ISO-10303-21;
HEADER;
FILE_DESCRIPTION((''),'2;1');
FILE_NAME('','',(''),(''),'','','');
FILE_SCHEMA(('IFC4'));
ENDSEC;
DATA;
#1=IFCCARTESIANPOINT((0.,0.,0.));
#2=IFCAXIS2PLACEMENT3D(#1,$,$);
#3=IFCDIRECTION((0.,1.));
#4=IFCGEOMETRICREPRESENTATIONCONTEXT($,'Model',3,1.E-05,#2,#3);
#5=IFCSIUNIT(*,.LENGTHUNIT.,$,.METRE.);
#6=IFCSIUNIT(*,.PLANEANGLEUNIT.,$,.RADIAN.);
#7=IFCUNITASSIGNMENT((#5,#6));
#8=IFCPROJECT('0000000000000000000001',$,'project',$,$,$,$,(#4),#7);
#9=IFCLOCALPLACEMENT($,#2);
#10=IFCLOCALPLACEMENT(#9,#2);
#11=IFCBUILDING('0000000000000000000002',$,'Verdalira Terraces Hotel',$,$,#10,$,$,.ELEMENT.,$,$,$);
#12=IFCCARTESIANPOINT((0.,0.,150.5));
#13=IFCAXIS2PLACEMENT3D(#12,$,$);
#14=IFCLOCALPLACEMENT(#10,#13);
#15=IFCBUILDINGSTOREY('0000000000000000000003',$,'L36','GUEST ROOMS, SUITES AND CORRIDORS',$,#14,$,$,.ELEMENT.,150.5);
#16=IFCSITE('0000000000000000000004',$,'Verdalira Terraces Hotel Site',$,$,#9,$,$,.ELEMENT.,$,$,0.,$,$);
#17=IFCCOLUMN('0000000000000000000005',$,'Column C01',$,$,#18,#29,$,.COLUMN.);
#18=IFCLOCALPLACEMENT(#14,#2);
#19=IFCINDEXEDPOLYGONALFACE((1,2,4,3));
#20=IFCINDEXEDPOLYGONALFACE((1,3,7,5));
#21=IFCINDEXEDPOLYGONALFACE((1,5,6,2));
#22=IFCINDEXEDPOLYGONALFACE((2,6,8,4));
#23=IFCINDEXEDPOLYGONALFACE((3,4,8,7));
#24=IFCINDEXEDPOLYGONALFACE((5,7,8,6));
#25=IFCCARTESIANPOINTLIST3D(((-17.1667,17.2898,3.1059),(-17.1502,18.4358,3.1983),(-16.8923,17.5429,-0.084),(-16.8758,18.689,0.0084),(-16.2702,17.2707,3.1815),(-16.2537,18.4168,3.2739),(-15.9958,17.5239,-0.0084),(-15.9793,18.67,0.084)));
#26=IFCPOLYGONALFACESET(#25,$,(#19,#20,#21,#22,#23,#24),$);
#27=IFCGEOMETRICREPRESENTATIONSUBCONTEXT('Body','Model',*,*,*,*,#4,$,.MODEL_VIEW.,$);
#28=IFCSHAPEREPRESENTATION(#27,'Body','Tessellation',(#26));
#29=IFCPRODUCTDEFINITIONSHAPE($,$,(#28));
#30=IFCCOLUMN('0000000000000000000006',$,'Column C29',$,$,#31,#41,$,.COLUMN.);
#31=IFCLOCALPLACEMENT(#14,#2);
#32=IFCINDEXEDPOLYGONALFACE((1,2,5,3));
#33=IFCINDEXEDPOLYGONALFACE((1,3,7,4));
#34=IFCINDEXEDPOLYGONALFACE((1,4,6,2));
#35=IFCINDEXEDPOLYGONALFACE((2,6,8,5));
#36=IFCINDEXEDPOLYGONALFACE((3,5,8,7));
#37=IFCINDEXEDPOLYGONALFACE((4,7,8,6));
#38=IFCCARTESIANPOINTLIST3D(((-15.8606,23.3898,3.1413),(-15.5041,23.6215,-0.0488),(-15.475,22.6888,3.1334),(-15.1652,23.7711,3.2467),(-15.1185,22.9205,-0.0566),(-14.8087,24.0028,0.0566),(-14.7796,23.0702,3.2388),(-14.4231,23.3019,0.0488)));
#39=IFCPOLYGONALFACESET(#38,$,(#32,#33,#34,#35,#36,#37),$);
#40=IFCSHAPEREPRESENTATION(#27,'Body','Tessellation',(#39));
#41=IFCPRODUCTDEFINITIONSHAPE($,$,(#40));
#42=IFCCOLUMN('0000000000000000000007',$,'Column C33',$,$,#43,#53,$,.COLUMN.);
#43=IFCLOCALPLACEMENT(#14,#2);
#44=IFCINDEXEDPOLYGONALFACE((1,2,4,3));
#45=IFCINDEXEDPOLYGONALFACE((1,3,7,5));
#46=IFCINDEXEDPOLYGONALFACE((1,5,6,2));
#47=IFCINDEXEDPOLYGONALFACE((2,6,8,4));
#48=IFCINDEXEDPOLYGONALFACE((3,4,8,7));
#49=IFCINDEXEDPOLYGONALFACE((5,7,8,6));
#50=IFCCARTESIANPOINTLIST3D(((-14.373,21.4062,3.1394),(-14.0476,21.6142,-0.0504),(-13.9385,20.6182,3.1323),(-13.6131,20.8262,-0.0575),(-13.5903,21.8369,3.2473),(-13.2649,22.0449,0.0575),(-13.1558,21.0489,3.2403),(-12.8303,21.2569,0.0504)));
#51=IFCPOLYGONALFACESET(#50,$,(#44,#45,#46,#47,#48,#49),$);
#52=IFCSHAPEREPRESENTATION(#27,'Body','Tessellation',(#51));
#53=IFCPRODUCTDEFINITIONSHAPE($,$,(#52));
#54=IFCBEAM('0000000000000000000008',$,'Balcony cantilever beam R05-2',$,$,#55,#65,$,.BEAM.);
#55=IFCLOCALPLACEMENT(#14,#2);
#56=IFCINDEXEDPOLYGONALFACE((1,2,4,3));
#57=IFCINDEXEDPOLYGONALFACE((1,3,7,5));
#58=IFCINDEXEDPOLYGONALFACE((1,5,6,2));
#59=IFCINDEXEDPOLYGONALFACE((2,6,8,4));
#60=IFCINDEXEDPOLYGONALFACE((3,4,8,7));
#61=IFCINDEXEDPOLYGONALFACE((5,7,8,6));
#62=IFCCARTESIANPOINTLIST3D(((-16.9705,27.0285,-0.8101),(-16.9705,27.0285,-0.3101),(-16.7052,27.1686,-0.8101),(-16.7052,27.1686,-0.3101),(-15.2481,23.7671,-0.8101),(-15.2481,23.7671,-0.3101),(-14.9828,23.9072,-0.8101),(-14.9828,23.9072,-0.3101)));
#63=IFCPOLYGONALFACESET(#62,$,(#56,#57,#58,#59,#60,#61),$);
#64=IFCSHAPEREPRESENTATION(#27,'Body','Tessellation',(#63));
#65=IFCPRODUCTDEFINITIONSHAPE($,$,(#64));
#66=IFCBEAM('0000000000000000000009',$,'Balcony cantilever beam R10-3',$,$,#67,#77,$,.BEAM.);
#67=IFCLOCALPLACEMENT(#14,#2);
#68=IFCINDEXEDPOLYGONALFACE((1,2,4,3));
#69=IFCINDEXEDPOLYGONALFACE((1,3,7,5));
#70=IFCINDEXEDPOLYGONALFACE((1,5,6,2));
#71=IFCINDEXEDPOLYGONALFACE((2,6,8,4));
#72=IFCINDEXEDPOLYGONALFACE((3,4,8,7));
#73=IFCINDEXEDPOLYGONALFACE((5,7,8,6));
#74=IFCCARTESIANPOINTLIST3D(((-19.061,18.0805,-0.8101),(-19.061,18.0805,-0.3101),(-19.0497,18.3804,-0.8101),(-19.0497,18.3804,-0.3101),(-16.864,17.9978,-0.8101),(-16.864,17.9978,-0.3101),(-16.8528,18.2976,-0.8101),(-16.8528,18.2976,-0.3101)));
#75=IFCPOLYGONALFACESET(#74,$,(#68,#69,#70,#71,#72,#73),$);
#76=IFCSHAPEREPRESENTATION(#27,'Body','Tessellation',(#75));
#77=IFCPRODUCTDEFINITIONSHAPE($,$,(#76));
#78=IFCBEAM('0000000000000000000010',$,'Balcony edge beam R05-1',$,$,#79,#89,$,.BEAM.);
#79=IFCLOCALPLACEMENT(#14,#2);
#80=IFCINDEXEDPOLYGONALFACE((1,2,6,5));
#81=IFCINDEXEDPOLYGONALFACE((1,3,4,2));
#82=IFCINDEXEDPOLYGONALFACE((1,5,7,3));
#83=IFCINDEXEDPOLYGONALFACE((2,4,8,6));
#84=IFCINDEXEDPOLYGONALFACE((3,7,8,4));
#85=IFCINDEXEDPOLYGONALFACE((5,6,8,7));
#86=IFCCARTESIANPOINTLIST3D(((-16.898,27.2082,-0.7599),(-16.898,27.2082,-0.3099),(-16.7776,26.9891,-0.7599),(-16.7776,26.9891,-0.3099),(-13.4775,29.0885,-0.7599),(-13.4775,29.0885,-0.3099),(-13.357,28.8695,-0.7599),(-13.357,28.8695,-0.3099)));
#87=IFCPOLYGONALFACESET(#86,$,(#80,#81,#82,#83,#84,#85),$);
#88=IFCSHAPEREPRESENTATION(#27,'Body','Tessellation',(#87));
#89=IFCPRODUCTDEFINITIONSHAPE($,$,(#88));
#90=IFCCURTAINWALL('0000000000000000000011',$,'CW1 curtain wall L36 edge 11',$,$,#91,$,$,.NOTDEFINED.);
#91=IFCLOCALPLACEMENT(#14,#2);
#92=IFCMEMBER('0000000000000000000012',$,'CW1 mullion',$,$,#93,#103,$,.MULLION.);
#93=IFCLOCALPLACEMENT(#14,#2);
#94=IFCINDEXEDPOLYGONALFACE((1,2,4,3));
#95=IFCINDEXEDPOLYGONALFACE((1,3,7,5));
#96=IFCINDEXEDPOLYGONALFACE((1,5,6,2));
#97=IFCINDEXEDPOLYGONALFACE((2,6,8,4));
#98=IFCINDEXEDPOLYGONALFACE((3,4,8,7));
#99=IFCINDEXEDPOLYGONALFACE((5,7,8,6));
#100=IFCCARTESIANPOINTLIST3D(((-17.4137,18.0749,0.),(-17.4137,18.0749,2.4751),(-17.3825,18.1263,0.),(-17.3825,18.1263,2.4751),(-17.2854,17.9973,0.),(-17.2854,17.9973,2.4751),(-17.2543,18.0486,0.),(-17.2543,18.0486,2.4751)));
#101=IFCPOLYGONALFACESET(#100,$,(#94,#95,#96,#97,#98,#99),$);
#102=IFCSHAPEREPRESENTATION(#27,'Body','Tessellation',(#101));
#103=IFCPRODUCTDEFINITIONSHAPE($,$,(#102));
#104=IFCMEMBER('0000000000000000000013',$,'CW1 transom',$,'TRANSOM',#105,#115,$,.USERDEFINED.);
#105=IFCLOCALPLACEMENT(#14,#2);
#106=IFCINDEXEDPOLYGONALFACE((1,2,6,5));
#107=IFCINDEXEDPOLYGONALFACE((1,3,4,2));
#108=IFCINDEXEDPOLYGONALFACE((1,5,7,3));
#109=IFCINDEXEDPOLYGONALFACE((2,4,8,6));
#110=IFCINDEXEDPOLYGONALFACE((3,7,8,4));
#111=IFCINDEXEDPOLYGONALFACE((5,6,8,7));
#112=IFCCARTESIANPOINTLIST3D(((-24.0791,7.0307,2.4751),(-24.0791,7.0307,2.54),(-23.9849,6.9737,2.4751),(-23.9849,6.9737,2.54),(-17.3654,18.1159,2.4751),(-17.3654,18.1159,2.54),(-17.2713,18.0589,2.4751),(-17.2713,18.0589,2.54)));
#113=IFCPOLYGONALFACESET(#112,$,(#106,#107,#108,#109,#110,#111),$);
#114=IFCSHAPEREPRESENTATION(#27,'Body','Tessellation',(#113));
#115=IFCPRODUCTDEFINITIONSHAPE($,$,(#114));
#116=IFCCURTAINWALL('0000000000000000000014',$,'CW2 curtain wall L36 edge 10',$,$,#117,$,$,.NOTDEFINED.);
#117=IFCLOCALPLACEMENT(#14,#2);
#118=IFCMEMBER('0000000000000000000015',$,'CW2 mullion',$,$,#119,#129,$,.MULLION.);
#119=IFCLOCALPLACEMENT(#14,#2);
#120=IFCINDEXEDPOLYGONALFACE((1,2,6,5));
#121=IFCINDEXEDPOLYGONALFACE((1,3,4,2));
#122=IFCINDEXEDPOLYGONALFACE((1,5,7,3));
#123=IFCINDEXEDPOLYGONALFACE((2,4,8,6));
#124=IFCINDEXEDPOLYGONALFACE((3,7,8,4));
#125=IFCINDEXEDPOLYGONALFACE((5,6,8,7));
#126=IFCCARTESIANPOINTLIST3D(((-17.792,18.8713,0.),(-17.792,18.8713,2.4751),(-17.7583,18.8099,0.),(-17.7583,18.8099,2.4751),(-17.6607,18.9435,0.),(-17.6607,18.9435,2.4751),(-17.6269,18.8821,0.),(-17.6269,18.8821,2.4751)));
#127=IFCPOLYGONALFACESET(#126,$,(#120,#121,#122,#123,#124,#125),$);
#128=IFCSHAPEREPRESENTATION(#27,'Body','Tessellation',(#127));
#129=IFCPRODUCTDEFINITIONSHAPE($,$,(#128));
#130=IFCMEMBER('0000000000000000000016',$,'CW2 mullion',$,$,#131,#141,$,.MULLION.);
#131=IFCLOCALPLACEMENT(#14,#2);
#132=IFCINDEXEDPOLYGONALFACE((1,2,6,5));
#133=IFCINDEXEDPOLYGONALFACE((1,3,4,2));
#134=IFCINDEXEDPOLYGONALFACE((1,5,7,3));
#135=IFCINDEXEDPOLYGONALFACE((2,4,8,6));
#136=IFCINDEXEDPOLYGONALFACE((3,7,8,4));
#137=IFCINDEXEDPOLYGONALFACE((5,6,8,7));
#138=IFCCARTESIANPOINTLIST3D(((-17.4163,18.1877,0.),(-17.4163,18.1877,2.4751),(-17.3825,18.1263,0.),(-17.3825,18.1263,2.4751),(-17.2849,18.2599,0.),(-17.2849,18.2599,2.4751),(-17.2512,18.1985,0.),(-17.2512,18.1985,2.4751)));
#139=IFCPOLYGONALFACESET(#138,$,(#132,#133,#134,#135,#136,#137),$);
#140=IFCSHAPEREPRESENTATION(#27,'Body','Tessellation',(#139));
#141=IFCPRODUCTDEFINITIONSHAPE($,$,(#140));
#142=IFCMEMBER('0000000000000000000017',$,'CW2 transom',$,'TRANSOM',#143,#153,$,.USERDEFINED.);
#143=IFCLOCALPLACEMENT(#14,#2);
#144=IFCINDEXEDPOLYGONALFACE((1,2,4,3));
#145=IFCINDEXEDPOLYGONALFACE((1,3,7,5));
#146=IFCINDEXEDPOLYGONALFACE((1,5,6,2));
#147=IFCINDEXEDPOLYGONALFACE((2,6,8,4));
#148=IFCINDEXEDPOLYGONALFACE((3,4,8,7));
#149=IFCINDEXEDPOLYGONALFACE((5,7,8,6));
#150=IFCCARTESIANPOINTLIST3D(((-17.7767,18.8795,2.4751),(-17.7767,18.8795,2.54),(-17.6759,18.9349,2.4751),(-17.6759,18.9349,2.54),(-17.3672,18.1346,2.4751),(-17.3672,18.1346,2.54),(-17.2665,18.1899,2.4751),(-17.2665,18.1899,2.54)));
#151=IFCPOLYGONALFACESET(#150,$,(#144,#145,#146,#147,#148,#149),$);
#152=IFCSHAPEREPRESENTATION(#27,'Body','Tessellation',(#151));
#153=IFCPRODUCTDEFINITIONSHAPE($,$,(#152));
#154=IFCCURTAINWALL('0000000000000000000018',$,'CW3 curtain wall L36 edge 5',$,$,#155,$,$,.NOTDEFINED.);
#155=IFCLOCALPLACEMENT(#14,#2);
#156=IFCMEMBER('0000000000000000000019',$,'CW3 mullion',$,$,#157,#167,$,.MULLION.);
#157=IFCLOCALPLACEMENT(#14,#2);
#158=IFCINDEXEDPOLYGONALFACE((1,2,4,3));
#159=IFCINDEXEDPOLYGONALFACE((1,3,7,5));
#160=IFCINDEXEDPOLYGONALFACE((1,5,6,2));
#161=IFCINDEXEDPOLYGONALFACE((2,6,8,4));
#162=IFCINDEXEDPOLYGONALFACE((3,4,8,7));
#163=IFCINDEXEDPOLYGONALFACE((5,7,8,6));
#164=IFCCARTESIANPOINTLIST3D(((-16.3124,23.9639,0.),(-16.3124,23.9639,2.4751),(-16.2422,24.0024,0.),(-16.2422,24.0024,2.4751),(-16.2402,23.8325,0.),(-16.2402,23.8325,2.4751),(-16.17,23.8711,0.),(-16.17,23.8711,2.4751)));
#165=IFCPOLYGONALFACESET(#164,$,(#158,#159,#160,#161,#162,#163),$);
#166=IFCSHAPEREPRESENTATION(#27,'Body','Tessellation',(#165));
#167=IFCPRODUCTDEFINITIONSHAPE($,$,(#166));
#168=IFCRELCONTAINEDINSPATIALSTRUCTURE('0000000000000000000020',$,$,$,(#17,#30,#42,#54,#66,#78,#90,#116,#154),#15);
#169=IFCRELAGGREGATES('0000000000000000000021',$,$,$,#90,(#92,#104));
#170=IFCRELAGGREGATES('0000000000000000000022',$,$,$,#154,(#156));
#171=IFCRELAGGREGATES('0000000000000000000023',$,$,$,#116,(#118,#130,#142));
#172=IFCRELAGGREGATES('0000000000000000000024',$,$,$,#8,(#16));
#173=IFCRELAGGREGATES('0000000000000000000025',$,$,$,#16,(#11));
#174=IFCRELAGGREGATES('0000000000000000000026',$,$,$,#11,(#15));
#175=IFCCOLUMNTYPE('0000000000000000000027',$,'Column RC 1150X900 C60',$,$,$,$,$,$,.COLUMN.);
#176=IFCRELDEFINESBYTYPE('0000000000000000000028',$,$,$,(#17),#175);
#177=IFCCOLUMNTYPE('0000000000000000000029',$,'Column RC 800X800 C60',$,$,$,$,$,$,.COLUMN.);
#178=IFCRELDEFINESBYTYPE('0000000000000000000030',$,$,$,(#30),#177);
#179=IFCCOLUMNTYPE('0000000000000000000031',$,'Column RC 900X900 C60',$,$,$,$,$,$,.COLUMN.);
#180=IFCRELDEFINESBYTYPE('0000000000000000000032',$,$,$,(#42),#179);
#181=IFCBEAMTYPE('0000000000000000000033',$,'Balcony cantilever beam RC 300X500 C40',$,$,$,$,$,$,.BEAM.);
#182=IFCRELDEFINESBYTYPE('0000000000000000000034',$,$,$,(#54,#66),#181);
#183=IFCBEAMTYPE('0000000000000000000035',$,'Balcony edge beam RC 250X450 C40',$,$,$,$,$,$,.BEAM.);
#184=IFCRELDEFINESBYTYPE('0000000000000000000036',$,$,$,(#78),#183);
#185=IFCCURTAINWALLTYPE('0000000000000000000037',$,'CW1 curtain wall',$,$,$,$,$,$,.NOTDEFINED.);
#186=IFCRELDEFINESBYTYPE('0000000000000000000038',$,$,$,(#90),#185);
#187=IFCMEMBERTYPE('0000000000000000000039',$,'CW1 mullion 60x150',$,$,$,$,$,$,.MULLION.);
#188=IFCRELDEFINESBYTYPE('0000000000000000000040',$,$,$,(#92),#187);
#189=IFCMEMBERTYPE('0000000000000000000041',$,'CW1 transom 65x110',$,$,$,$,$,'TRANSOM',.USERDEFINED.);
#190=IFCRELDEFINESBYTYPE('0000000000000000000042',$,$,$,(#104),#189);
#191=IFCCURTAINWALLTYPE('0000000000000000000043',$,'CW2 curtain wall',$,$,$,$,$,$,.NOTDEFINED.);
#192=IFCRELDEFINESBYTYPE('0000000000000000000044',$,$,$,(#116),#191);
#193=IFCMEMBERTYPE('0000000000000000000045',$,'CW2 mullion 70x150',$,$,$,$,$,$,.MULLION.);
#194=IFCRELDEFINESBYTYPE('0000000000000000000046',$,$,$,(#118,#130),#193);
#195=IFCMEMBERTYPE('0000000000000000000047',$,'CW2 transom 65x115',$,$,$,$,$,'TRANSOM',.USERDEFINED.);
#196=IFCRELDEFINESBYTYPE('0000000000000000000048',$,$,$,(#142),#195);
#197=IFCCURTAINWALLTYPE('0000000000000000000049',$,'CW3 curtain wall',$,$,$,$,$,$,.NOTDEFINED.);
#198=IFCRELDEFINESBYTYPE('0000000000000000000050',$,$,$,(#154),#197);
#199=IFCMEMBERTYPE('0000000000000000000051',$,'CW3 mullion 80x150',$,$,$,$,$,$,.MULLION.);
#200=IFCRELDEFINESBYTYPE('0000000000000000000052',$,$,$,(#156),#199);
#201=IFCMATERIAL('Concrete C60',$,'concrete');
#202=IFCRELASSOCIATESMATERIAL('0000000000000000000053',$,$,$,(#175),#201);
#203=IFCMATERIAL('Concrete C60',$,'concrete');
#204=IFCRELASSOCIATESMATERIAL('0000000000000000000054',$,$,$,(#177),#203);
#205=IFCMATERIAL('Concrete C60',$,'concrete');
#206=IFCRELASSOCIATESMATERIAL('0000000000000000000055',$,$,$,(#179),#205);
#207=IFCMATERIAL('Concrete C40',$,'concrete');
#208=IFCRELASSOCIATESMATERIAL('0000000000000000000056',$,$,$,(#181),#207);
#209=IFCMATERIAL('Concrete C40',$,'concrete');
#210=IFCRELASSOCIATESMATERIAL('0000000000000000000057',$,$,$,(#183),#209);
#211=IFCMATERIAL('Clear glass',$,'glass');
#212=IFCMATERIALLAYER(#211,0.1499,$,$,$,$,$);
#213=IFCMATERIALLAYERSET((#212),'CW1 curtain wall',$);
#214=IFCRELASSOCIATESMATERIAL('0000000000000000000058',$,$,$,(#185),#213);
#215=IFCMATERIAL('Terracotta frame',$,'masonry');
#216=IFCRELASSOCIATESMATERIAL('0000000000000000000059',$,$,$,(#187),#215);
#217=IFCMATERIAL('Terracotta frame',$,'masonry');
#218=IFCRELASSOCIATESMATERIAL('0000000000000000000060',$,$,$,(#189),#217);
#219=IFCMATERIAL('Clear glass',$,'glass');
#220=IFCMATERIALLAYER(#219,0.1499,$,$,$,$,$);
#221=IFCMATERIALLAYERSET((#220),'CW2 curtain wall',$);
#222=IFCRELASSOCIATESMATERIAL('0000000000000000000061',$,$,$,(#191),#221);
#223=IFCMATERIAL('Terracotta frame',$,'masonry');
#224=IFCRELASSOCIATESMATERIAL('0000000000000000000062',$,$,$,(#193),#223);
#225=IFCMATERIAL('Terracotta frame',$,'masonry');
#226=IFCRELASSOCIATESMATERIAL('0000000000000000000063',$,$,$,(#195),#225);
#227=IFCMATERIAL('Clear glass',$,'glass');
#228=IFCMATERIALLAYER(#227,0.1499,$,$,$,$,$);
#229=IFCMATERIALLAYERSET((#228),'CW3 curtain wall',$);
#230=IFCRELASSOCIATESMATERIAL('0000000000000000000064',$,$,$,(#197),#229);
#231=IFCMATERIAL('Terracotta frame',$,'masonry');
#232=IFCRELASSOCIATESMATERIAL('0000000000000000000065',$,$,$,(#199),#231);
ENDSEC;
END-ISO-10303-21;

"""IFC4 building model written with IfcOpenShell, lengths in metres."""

from ifc_helpers import new_model, si_unit, direction, frame, origin, origin_2d, place, context, subcontext, project, spatial, rectangle, extrude, material, layer, layer_set, material_profile, profile_set, type_object, element, aggregate, save


model = new_model("IFC4")

# Units and contexts
model_context = context("Model", 3, precision=1e-05, world=origin(), true_north=direction((0.0, 1.0)))
body_context = subcontext(model_context, "Body", "Model", "MODEL_VIEW")
ifc_project = project(units=[si_unit("LENGTHUNIT", "METRE"), si_unit("PLANEANGLEUNIT", "RADIAN")], contexts=[model_context])

# Site, building, storey
site_placement = place(None, origin())
site = spatial("IfcSite", under=ifc_project, at=site_placement, Name="Verdalira Terraces Hotel Site", CompositionType="ELEMENT", RefElevation=0.0)
building_placement = place(site_placement, origin())
building = spatial("IfcBuilding", under=site, at=building_placement, Name="Verdalira Terraces Hotel", CompositionType="ELEMENT")
storey_placement = place(building_placement, frame((0.0, 0.0, 150.5)))
storey = spatial("IfcBuildingStorey", under=building, at=storey_placement, Name="L36", Description="GUEST ROOMS, SUITES AND CORRIDORS", CompositionType="ELEMENT", Elevation=150.5)

# Columns
ifc_material_1 = material(Name="Concrete C60", Category="concrete")
ifc_material_profile_1 = material_profile(ifc_material_1, rectangle(XDim=1.1499, YDim=0.8999, at=origin_2d()), Name="RC 1150X900")
ifc_profile_set_1 = profile_set([ifc_material_profile_1], Name="Concrete C60")
column_type_1 = type_object("IfcColumnType", Name="Column RC 1150X900 C60", PredefinedType="COLUMN", material=ifc_profile_set_1)
column_1_placement = place(storey_placement, frame((-16.4358, 18.1064, 0.0), z_axis=(-0.085442, -0.078828, 0.99322), x_axis=(0.014388, 0.996664, 0.080339)))
element("IfcColumn", 1, at=column_1_placement, inside=storey, type_object=column_type_1, Name="Column C01", PredefinedType="COLUMN", context=body_context, shape_type="SweptSolid", body=[
    extrude(rectangle(XDim=1.1499, YDim=0.8999, at=origin_2d()), origin(), (0.0, 0.0, 1.0), 3.2117),
])
ifc_material_2 = material(Name="Concrete C60", Category="concrete")
ifc_material_profile_2 = material_profile(ifc_material_2, rectangle(XDim=0.8, YDim=0.8, at=origin_2d()), Name="RC 800X800")
ifc_profile_set_2 = profile_set([ifc_material_profile_2], Name="Concrete C60")
column_type_2 = type_object("IfcColumnType", Name="Column RC 800X800 C60", PredefinedType="COLUMN", material=ifc_profile_set_2)
column_2_placement = place(storey_placement, frame((-14.9636, 23.4617, 0.0), z_axis=(-0.110761, -0.071995, 0.991236), x_axis=(-0.869168, -0.476646, -0.131741)))
element("IfcColumn", 2, at=column_2_placement, inside=storey, type_object=column_type_2, Name="Column C29", PredefinedType="COLUMN", context=body_context, shape_type="SweptSolid", body=[
    extrude(rectangle(XDim=0.8, YDim=0.8, at=origin_2d()), origin(), (0.0, 0.0, 1.0), 3.2183),
])
ifc_material_3 = material(Name="Concrete C60", Category="concrete")
ifc_material_profile_3 = material_profile(ifc_material_3, rectangle(XDim=0.8999, YDim=0.8999, at=origin_2d()), Name="RC 900X900")
ifc_profile_set_3 = profile_set([ifc_material_profile_3], Name="Concrete C60")
column_type_3 = type_object("IfcColumnType", Name="Column RC 900X900 C60", PredefinedType="COLUMN", material=ifc_profile_set_3)
column_3_placement = place(storey_placement, frame((-13.439, 21.4355, 0.0), z_axis=(-0.101281, -0.064735, 0.99275), x_axis=(-0.482867, 0.875658, 0.007837)))
element("IfcColumn", 3, at=column_3_placement, inside=storey, type_object=column_type_3, Name="Column C33", PredefinedType="COLUMN", context=body_context, shape_type="SweptSolid", body=[
    extrude(rectangle(XDim=0.8999, YDim=0.8999, at=origin_2d()), origin(), (0.0, 0.0, 1.0), 3.2131),
])

# Beams
ifc_material_4 = material(Name="Concrete C40", Category="concrete")
ifc_material_profile_4 = material_profile(ifc_material_4, rectangle(XDim=0.3, YDim=0.5, at=origin_2d()), Name="RC 300X500")
ifc_profile_set_4 = profile_set([ifc_material_profile_4], Name="Concrete C40")
beam_type_1 = type_object("IfcBeamType", Name="Balcony cantilever beam RC 300X500 C40", PredefinedType="BEAM", material=ifc_profile_set_4)
beam_1_placement = place(storey_placement, frame((-15.1155, 23.8372, -0.5601), z_axis=(-0.466987, 0.884264, 0.0), x_axis=(-0.884264, -0.466987, 0.0)))
element("IfcBeam", 4, at=beam_1_placement, inside=storey, type_object=beam_type_1, Name="Balcony cantilever beam R05-2", PredefinedType="BEAM", context=body_context, shape_type="SweptSolid", body=[
    extrude(rectangle(XDim=0.3, YDim=0.5, at=origin_2d()), origin(), (0.0, 0.0, 1.0), 3.6882),
])
beam_2_placement = place(storey_placement, frame((-16.8584, 18.1477, -0.5601), z_axis=(-0.999291, 0.037644, 0.0), x_axis=(-0.037644, -0.999291, 0.0)))
element("IfcBeam", 5, at=beam_2_placement, inside=storey, type_object=beam_type_1, Name="Balcony cantilever beam R10-3", PredefinedType="BEAM", context=body_context, shape_type="SweptSolid", body=[
    extrude(rectangle(XDim=0.3, YDim=0.5, at=origin_2d()), origin(), (0.0, 0.0, 1.0), 2.1985),
])
ifc_material_5 = material(Name="Concrete C40", Category="concrete")
ifc_material_profile_5 = material_profile(ifc_material_5, rectangle(XDim=0.25, YDim=0.45, at=origin_2d()), Name="RC 250X450")
ifc_profile_set_5 = profile_set([ifc_material_profile_5], Name="Concrete C40")
beam_type_2 = type_object("IfcBeamType", Name="Balcony edge beam RC 250X450 C40", PredefinedType="BEAM", material=ifc_profile_set_5)
beam_3_placement = place(storey_placement, frame((-13.4172, 28.979, -0.5349), z_axis=(-0.876323, -0.481724, 0.0), x_axis=(0.481724, -0.876323, 0.0)))
element("IfcBeam", 6, at=beam_3_placement, inside=storey, type_object=beam_type_2, Name="Balcony edge beam R05-1", PredefinedType="BEAM", context=body_context, shape_type="SweptSolid", body=[
    extrude(rectangle(XDim=0.25, YDim=0.45, at=origin_2d()), origin(), (0.0, 0.0, 1.0), 3.9033),
])

# Curtain walls, members
ifc_material_6 = material(Name="Clear glass", Category="glass")
ifc_layer_1 = layer(ifc_material_6, 0.1499)
ifc_layer_set_1 = layer_set([ifc_layer_1], Name="CW1 curtain wall")
curtain_wall_type_1 = type_object("IfcCurtainWallType", Name="CW1 curtain wall", PredefinedType="NOTDEFINED", material=ifc_layer_set_1)
curtain_wall_1_placement = place(storey_placement, origin())
curtain_wall_1 = element("IfcCurtainWall", 7, at=curtain_wall_1_placement, inside=storey, type_object=curtain_wall_type_1, Name="CW1 curtain wall L36 edge 11", PredefinedType="NOTDEFINED")
ifc_material_7 = material(Name="Terracotta frame", Category="masonry")
ifc_material_profile_6 = material_profile(ifc_material_7, rectangle(XDim=0.0601, YDim=0.1499, at=origin_2d()), Name="MU 60x150")
ifc_profile_set_6 = profile_set([ifc_material_profile_6], Name="Terracotta frame")
member_type_1 = type_object("IfcMemberType", Name="CW1 mullion 60x150", PredefinedType="MULLION", material=ifc_profile_set_6)
member_1_placement = place(storey_placement, frame((-17.334, 18.0618, 0.0), z_axis=(0.0, 0.0, 1.0), x_axis=(-0.518027, -0.855364, 0.0)))
member_1 = element("IfcMember", 8, at=member_1_placement, type_object=member_type_1, Name="CW1 mullion", PredefinedType="MULLION", context=body_context, shape_type="SweptSolid", body=[
    extrude(rectangle(XDim=0.0601, YDim=0.1499, at=origin_2d()), origin(), (0.0, 0.0, 1.0), 2.4751),
])
ifc_material_8 = material(Name="Terracotta frame", Category="masonry")
ifc_material_profile_7 = material_profile(ifc_material_8, rectangle(XDim=0.1101, YDim=0.0649, at=origin_2d()), Name="TR 65x110")
ifc_profile_set_7 = profile_set([ifc_material_profile_7], Name="Terracotta frame")
member_type_2 = type_object("IfcMemberType", Name="CW1 transom 65x110", ElementType="TRANSOM", PredefinedType="USERDEFINED", material=ifc_profile_set_7)
member_2_placement = place(storey_placement, frame((-17.3184, 18.0874, 2.5076), z_axis=(-0.518037, -0.855358, 0.0), x_axis=(0.855358, -0.518037, 0.0)))
member_2 = element("IfcMember", 9, at=member_2_placement, type_object=member_type_2, Name="CW1 transom", ObjectType="TRANSOM", PredefinedType="USERDEFINED", context=body_context, shape_type="SweptSolid", body=[
    extrude(rectangle(XDim=0.1101, YDim=0.0649, at=origin_2d()), origin(), (0.0, 0.0, 1.0), 12.9597),
])
aggregate(curtain_wall_1, [member_1, member_2])
ifc_material_9 = material(Name="Clear glass", Category="glass")
ifc_layer_2 = layer(ifc_material_9, 0.1499)
ifc_layer_set_2 = layer_set([ifc_layer_2], Name="CW2 curtain wall")
curtain_wall_type_2 = type_object("IfcCurtainWallType", Name="CW2 curtain wall", PredefinedType="NOTDEFINED", material=ifc_layer_set_2)
curtain_wall_2_placement = place(storey_placement, origin())
curtain_wall_2 = element("IfcCurtainWall", 10, at=curtain_wall_2_placement, inside=storey, type_object=curtain_wall_type_2, Name="CW2 curtain wall L36 edge 10", PredefinedType="NOTDEFINED")
ifc_material_10 = material(Name="Terracotta frame", Category="masonry")
ifc_material_profile_8 = material_profile(ifc_material_10, rectangle(XDim=0.0701, YDim=0.1499, at=origin_2d()), Name="MU 70x150")
ifc_profile_set_8 = profile_set([ifc_material_profile_8], Name="Terracotta frame")
member_type_3 = type_object("IfcMemberType", Name="CW2 mullion 70x150", PredefinedType="MULLION", material=ifc_profile_set_8)
member_3_placement = place(storey_placement, frame((-17.7095, 18.8767, 0.0), z_axis=(0.0, 0.0, 1.0), x_axis=(0.481754, -0.876307, 0.0)))
member_3 = element("IfcMember", 11, at=member_3_placement, type_object=member_type_3, Name="CW2 mullion", PredefinedType="MULLION", context=body_context, shape_type="SweptSolid", body=[
    extrude(rectangle(XDim=0.0701, YDim=0.1499, at=origin_2d()), origin(), (0.0, 0.0, 1.0), 2.4751),
])
member_4_placement = place(storey_placement, frame((-17.3337, 18.1931, 0.0), z_axis=(0.0, 0.0, 1.0), x_axis=(0.481754, -0.876307, 0.0)))
member_4 = element("IfcMember", 12, at=member_4_placement, type_object=member_type_3, Name="CW2 mullion", PredefinedType="MULLION", context=body_context, shape_type="SweptSolid", body=[
    extrude(rectangle(XDim=0.0701, YDim=0.1499, at=origin_2d()), origin(), (0.0, 0.0, 1.0), 2.4751),
])
ifc_material_11 = material(Name="Terracotta frame", Category="masonry")
ifc_material_profile_9 = material_profile(ifc_material_11, rectangle(XDim=0.115, YDim=0.0649, at=origin_2d()), Name="TR 65x115")
ifc_profile_set_9 = profile_set([ifc_material_profile_9], Name="Terracotta frame")
member_type_4 = type_object("IfcMemberType", Name="CW2 transom 65x115", ElementType="TRANSOM", PredefinedType="USERDEFINED", material=ifc_profile_set_9)
member_5_placement = place(storey_placement, frame((-17.7263, 18.9072, 2.5076), z_axis=(0.481687, -0.876343, 0.0), x_axis=(0.876343, 0.481687, 0.0)))
member_5 = element("IfcMember", 13, at=member_5_placement, type_object=member_type_4, Name="CW2 transom", ObjectType="TRANSOM", PredefinedType="USERDEFINED", context=body_context, shape_type="SweptSolid", body=[
    extrude(rectangle(XDim=0.115, YDim=0.0649, at=origin_2d()), origin(), (0.0, 0.0, 1.0), 0.8501),
])

# Curtain wall, member
ifc_material_12 = material(Name="Clear glass", Category="glass")
ifc_layer_3 = layer(ifc_material_12, 0.1499)
ifc_layer_set_3 = layer_set([ifc_layer_3], Name="CW3 curtain wall")
curtain_wall_type_3 = type_object("IfcCurtainWallType", Name="CW3 curtain wall", PredefinedType="NOTDEFINED", material=ifc_layer_set_3)
curtain_wall_3_placement = place(storey_placement, origin())
curtain_wall_3 = element("IfcCurtainWall", 14, at=curtain_wall_3_placement, inside=storey, type_object=curtain_wall_type_3, Name="CW3 curtain wall L36 edge 5", PredefinedType="NOTDEFINED")
ifc_material_13 = material(Name="Terracotta frame", Category="masonry")
ifc_material_profile_10 = material_profile(ifc_material_13, rectangle(XDim=0.0801, YDim=0.1499, at=origin_2d()), Name="MU 80x150")
ifc_profile_set_10 = profile_set([ifc_material_profile_10], Name="Terracotta frame")
member_type_5 = type_object("IfcMemberType", Name="CW3 mullion 80x150", PredefinedType="MULLION", material=ifc_profile_set_10)
member_6_placement = place(storey_placement, frame((-16.2412, 23.9175, 0.0), z_axis=(0.0, 0.0, 1.0), x_axis=(-0.876307, -0.481754, 0.0)))
member_6 = element("IfcMember", 15, at=member_6_placement, type_object=member_type_5, Name="CW3 mullion", PredefinedType="MULLION", context=body_context, shape_type="SweptSolid", body=[
    extrude(rectangle(XDim=0.0801, YDim=0.1499, at=origin_2d()), origin(), (0.0, 0.0, 1.0), 2.4751),
])
aggregate(curtain_wall_3, [member_6])

aggregate(curtain_wall_2, [member_3, member_4, member_5])

save(model, "model.ifc")
